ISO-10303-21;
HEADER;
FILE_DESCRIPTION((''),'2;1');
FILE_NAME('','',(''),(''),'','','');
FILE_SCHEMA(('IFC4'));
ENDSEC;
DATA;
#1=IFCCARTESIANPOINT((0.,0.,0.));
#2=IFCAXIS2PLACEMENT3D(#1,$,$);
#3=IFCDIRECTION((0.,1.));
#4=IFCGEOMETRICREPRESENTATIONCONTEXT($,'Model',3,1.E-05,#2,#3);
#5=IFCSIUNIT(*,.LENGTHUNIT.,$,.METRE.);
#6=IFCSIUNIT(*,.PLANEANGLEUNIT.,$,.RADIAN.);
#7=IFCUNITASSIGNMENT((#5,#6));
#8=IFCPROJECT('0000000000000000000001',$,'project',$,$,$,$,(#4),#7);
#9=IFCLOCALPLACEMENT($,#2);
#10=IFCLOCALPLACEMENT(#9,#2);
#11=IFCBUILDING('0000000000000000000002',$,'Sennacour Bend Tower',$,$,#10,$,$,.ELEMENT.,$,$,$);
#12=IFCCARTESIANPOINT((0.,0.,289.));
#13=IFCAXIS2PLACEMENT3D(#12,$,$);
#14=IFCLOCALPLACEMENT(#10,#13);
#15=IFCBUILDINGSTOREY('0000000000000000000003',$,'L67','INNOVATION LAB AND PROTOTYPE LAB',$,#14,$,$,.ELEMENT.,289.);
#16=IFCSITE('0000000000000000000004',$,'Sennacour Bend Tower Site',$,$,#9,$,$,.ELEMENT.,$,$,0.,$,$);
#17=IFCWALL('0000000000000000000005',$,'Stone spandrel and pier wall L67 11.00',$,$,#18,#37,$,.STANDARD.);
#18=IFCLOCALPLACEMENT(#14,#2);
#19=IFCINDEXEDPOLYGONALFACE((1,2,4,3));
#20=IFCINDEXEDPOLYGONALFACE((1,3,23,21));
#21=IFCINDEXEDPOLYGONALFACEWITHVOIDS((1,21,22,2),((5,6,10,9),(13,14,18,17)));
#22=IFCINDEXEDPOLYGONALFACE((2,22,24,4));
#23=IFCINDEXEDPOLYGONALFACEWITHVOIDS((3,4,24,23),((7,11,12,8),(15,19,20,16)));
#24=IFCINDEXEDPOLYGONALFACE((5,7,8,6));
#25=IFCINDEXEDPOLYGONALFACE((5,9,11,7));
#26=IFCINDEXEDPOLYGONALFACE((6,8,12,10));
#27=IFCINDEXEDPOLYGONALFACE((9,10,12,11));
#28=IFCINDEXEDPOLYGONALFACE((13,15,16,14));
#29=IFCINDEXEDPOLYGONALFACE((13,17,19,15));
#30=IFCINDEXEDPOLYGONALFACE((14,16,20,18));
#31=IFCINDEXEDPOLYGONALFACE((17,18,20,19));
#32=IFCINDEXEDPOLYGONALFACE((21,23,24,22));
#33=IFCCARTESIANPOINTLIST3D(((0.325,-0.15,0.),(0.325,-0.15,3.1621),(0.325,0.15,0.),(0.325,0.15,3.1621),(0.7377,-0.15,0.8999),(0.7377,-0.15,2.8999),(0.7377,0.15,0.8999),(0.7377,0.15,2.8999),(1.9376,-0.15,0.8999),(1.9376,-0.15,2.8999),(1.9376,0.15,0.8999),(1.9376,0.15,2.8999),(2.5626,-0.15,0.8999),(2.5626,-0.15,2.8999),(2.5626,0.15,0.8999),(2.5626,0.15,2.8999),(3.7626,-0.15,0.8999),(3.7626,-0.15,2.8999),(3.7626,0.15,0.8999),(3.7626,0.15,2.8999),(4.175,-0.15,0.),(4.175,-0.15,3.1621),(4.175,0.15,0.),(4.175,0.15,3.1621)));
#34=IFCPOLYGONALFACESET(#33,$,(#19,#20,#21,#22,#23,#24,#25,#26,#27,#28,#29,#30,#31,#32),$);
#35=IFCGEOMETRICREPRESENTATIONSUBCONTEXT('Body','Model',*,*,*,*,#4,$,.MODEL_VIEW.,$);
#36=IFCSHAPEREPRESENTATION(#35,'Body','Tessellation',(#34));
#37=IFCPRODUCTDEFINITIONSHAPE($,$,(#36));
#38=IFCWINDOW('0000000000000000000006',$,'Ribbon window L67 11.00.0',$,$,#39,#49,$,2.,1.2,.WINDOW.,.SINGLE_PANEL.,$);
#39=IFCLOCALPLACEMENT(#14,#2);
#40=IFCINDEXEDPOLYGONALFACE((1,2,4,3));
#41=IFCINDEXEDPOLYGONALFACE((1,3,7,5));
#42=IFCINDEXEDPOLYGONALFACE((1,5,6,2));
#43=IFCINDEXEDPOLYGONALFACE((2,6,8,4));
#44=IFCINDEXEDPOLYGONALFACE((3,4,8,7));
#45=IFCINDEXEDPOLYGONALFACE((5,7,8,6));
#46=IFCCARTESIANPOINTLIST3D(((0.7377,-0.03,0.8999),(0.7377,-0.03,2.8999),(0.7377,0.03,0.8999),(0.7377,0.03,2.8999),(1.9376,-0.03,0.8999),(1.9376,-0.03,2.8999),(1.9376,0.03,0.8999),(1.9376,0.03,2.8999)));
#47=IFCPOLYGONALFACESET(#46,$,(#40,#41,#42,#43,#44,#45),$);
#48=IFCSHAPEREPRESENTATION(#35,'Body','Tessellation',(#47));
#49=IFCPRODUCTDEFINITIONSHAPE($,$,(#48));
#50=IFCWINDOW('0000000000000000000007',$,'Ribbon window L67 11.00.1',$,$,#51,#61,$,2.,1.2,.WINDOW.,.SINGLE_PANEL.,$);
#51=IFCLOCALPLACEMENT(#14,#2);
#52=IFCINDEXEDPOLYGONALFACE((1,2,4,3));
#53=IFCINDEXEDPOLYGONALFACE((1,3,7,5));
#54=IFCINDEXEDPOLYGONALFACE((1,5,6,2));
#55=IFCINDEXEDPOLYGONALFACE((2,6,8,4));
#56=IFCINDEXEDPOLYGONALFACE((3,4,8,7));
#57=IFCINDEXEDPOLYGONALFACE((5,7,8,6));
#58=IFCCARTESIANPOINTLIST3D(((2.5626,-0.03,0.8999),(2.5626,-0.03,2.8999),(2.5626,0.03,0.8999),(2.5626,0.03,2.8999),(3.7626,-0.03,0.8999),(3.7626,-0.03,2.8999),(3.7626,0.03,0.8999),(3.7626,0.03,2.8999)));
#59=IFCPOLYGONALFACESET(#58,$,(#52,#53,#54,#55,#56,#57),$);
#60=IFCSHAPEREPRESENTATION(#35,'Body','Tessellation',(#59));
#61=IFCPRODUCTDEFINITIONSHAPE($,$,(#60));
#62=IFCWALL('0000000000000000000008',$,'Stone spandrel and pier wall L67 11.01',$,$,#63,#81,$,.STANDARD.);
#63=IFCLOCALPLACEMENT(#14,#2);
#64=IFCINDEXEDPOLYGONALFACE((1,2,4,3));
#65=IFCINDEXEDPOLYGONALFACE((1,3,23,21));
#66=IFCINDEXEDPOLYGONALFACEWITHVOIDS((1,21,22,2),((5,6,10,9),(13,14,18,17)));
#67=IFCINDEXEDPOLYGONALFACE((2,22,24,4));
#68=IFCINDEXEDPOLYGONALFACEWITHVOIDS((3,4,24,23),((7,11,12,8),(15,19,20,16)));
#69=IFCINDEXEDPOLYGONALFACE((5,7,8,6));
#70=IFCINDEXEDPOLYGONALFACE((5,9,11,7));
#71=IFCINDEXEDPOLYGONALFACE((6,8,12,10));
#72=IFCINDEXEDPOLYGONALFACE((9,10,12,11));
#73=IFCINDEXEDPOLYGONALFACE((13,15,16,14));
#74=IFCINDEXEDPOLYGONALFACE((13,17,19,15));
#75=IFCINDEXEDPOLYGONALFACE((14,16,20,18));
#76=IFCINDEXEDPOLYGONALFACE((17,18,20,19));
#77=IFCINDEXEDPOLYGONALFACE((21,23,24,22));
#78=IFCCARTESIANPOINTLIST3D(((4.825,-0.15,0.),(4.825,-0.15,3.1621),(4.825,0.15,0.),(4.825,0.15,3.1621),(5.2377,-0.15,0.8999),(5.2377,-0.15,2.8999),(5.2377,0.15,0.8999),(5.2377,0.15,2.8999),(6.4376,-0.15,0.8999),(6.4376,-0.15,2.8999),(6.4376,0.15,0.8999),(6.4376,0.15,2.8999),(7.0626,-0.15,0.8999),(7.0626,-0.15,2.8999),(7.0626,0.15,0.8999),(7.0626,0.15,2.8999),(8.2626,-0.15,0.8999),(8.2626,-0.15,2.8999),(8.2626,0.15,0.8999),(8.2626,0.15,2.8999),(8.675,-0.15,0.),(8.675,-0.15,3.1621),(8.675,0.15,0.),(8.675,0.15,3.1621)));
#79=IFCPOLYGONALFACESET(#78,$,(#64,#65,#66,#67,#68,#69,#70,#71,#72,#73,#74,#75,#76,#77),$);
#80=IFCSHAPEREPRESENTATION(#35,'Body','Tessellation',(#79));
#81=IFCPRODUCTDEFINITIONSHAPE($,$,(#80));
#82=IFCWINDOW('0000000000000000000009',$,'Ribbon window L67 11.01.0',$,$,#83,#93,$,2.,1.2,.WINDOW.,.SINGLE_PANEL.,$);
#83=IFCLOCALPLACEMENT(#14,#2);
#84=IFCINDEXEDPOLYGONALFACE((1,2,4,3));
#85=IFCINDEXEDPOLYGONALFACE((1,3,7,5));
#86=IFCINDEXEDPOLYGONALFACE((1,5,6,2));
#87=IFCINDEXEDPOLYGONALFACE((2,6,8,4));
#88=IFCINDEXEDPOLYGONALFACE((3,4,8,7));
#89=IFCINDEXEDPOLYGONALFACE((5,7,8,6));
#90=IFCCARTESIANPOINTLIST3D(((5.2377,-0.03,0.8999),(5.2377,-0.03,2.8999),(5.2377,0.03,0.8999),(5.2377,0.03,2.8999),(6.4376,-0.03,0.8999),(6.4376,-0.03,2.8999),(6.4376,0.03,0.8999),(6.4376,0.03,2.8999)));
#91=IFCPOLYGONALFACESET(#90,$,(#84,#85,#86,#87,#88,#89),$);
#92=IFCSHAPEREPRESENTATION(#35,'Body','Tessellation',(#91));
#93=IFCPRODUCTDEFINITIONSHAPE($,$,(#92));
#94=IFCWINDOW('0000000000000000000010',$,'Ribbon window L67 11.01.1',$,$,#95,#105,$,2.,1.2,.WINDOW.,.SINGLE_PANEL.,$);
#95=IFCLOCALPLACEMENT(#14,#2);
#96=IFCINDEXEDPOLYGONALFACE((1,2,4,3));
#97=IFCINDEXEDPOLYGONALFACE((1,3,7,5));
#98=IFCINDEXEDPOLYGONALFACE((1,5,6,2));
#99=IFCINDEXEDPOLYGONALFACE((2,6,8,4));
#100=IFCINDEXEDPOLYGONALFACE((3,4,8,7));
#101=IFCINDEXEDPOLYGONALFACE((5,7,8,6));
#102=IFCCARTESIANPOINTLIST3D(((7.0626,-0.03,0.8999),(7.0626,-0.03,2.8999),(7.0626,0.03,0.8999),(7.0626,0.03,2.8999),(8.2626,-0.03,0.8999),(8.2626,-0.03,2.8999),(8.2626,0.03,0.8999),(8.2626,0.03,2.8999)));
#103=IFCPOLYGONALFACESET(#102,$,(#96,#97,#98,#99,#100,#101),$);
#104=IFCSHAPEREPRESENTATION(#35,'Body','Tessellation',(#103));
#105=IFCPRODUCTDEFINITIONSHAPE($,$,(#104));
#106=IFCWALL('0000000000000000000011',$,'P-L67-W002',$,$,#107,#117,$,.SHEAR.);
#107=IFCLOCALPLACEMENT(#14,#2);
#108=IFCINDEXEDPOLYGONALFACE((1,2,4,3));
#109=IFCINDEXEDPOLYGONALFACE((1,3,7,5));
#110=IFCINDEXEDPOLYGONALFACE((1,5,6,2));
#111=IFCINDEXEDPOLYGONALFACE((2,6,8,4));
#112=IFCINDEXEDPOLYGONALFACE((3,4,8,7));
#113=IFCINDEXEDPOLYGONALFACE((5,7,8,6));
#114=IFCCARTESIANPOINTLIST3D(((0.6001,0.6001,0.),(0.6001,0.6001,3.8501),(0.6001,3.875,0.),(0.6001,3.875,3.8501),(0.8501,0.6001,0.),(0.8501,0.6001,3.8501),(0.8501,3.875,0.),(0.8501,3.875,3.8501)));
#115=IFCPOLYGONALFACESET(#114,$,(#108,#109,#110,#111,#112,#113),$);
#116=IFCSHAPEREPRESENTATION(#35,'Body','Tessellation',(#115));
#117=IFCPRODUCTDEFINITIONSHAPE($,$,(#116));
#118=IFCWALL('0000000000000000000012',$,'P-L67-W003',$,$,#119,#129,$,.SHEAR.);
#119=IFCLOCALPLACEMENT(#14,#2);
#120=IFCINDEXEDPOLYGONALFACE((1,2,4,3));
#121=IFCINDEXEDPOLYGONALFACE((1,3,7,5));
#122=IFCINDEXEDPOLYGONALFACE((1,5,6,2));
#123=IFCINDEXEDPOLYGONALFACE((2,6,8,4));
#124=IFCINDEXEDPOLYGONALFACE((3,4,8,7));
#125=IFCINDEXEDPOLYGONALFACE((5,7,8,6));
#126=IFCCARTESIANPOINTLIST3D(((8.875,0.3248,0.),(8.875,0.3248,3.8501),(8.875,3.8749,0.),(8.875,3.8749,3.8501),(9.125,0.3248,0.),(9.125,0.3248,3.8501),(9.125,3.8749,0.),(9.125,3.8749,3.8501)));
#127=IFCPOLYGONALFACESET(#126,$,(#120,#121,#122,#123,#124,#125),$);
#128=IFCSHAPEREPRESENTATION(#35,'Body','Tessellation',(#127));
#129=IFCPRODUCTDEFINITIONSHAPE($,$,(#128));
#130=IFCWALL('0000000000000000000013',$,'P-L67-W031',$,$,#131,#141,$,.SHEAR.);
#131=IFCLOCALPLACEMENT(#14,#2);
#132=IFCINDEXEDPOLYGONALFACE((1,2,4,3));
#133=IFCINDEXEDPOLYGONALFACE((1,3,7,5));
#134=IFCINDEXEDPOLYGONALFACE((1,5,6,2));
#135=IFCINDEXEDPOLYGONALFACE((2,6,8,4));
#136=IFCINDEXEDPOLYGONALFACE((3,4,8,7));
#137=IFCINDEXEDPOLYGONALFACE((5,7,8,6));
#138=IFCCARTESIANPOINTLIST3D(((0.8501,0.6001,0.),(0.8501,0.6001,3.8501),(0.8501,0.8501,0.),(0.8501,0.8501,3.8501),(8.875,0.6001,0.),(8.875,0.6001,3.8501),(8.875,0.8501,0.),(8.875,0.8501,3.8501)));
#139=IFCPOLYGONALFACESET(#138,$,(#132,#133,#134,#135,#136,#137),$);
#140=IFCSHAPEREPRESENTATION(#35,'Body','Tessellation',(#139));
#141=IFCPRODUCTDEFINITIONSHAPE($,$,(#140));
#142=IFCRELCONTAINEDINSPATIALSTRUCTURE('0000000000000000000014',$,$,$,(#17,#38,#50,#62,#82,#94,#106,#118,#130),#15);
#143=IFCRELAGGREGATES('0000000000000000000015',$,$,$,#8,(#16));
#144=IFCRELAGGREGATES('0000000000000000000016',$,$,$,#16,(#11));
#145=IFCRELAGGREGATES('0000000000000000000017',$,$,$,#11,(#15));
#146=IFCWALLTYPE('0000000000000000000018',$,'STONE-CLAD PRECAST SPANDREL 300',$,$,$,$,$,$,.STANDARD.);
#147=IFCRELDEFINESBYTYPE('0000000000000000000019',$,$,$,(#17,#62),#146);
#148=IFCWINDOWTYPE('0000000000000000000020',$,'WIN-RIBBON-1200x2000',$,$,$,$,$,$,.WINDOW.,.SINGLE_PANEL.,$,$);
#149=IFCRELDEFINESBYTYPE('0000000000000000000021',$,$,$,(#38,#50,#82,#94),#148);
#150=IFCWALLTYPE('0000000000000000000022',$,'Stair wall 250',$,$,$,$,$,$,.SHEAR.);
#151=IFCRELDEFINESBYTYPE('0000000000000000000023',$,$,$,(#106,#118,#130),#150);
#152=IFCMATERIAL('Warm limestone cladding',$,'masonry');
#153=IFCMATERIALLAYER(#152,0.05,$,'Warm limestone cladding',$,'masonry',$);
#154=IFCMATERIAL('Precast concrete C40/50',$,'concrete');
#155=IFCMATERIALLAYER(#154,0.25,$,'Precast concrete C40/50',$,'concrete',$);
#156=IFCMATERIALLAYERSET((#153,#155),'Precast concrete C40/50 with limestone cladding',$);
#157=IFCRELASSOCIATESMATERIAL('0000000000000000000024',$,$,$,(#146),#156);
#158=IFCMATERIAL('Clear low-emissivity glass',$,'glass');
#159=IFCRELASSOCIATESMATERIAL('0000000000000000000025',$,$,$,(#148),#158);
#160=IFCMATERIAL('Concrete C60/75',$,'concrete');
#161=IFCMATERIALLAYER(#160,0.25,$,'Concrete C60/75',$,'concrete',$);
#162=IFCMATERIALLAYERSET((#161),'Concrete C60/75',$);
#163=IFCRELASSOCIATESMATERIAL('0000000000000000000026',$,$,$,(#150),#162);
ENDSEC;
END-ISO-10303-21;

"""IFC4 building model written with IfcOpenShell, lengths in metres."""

from ifc_helpers import new_model, si_unit, direction, frame, frame_2d, origin, place, context, subcontext, project, spatial, rectangle, extrude, material, layer, layer_set, type_object, element, fill, save


model = new_model("IFC4")

# Units and contexts
model_context = context("Model", 3, precision=1e-05, world=origin(), true_north=direction((0.0, 1.0)))
body_context = subcontext(model_context, "Body", "Model", "MODEL_VIEW")
ifc_project = project(units=[si_unit("LENGTHUNIT", "METRE"), si_unit("PLANEANGLEUNIT", "RADIAN")], contexts=[model_context])

# Site, building, storey
site_placement = place(None, origin())
site = spatial("IfcSite", under=ifc_project, at=site_placement, Name="Sennacour Bend Tower Site", CompositionType="ELEMENT", RefElevation=0.0)
building_placement = place(site_placement, origin())
building = spatial("IfcBuilding", under=site, at=building_placement, Name="Sennacour Bend Tower", CompositionType="ELEMENT")
storey_placement = place(building_placement, frame((0.0, 0.0, 289.0)))
storey = spatial("IfcBuildingStorey", under=building, at=storey_placement, Name="L67", Description="INNOVATION LAB AND PROTOTYPE LAB", CompositionType="ELEMENT", Elevation=289.0)

# Walls, openings, windows
ifc_material_1 = material(Name="Warm limestone cladding", Category="masonry")
ifc_layer_1 = layer(ifc_material_1, 0.05, Name="Warm limestone cladding", Category="masonry")
ifc_material_2 = material(Name="Precast concrete C40/50", Category="concrete")
ifc_layer_2 = layer(ifc_material_2, 0.25, Name="Precast concrete C40/50", Category="concrete")
ifc_layer_set_1 = layer_set([ifc_layer_1, ifc_layer_2], Name="Precast concrete C40/50 with limestone cladding")
wall_type_1 = type_object("IfcWallType", Name="STONE-CLAD PRECAST SPANDREL 300", PredefinedType="STANDARD", material=ifc_layer_set_1)
wall_1_placement = place(storey_placement, frame((0.325, 0.0, 0.0), z_axis=(0.0, 0.0, 1.0), x_axis=(1.0, 0.0, 0.0)))
wall_1 = element("IfcWall", 1, at=wall_1_placement, inside=storey, type_object=wall_type_1, Name="Stone spandrel and pier wall L67 11.00", PredefinedType="STANDARD", context=body_context, shape_type="SweptSolid", body=[
    extrude(rectangle(XDim=3.8501, YDim=0.3, at=frame_2d((1.925, 0.0))), origin(), (0.0, 0.0, 1.0), 3.1621),
])
opening_1_placement = place(wall_1_placement, frame((0.4126, 0.0, 0.8999)))
opening_1 = element("IfcOpeningElement", 2, at=opening_1_placement, cuts=wall_1, PredefinedType="OPENING", context=body_context, shape_type="SweptSolid", body=[
    extrude(rectangle(XDim=1.2, YDim=2.0, at=frame_2d((0.6001, 1.0))), frame((0.0, 0.1602, 0.0), z_axis=(0.0, -1.0, 0.0), x_axis=(1.0, 0.0, 0.0)), (0.0, 0.0, 1.0), 0.3201),
])
opening_2_placement = place(wall_1_placement, frame((2.2375, 0.0, 0.8999)))
opening_2 = element("IfcOpeningElement", 3, at=opening_2_placement, cuts=wall_1, PredefinedType="OPENING", context=body_context, shape_type="SweptSolid", body=[
    extrude(rectangle(XDim=1.2, YDim=2.0, at=frame_2d((0.6001, 1.0))), frame((0.0, 0.1602, 0.0), z_axis=(0.0, -1.0, 0.0), x_axis=(1.0, 0.0, 0.0)), (0.0, 0.0, 1.0), 0.3201),
])
ifc_material_3 = material(Name="Clear low-emissivity glass", Category="glass")
window_type = type_object("IfcWindowType", Name="WIN-RIBBON-1200x2000", PartitioningType="SINGLE_PANEL", PredefinedType="WINDOW", material=ifc_material_3)
window_1_placement = place(opening_1_placement, origin())
window_1 = element("IfcWindow", 4, at=window_1_placement, inside=storey, type_object=window_type, Name="Ribbon window L67 11.00.0", OverallHeight=2.0, OverallWidth=1.2, PartitioningType="SINGLE_PANEL", PredefinedType="WINDOW", context=body_context, shape_type="SweptSolid", body=[
    extrude(rectangle(XDim=1.2, YDim=2.0, at=frame_2d((0.6001, 1.0))), frame((0.0, 0.03, 0.0), z_axis=(0.0, -1.0, 0.0), x_axis=(1.0, 0.0, 0.0)), (0.0, 0.0, 1.0), 0.0601),
])
fill(opening_1, window_1)
window_2_placement = place(opening_2_placement, origin())
window_2 = element("IfcWindow", 5, at=window_2_placement, inside=storey, type_object=window_type, Name="Ribbon window L67 11.00.1", OverallHeight=2.0, OverallWidth=1.2, PartitioningType="SINGLE_PANEL", PredefinedType="WINDOW", context=body_context, shape_type="SweptSolid", body=[
    extrude(rectangle(XDim=1.2, YDim=2.0, at=frame_2d((0.6001, 1.0))), frame((0.0, 0.03, 0.0), z_axis=(0.0, -1.0, 0.0), x_axis=(1.0, 0.0, 0.0)), (0.0, 0.0, 1.0), 0.0601),
])
fill(opening_2, window_2)
wall_2_placement = place(storey_placement, frame((4.825, 0.0, 0.0), z_axis=(0.0, 0.0, 1.0), x_axis=(1.0, 0.0, 0.0)))
wall_2 = element("IfcWall", 6, at=wall_2_placement, inside=storey, type_object=wall_type_1, Name="Stone spandrel and pier wall L67 11.01", PredefinedType="STANDARD", context=body_context, shape_type="SweptSolid", body=[
    extrude(rectangle(XDim=3.8501, YDim=0.3, at=frame_2d((1.925, 0.0))), origin(), (0.0, 0.0, 1.0), 3.1621),
])
opening_3_placement = place(wall_2_placement, frame((0.4126, 0.0, 0.8999)))
opening_3 = element("IfcOpeningElement", 7, at=opening_3_placement, cuts=wall_2, PredefinedType="OPENING", context=body_context, shape_type="SweptSolid", body=[
    extrude(rectangle(XDim=1.2, YDim=2.0, at=frame_2d((0.6001, 1.0))), frame((0.0, 0.1602, 0.0), z_axis=(0.0, -1.0, 0.0), x_axis=(1.0, 0.0, 0.0)), (0.0, 0.0, 1.0), 0.3201),
])
opening_4_placement = place(wall_2_placement, frame((2.2375, 0.0, 0.8999)))
opening_4 = element("IfcOpeningElement", 8, at=opening_4_placement, cuts=wall_2, PredefinedType="OPENING", context=body_context, shape_type="SweptSolid", body=[
    extrude(rectangle(XDim=1.2, YDim=2.0, at=frame_2d((0.6001, 1.0))), frame((0.0, 0.1602, 0.0), z_axis=(0.0, -1.0, 0.0), x_axis=(1.0, 0.0, 0.0)), (0.0, 0.0, 1.0), 0.3201),
])
window_3_placement = place(opening_3_placement, origin())
window_3 = element("IfcWindow", 9, at=window_3_placement, inside=storey, type_object=window_type, Name="Ribbon window L67 11.01.0", OverallHeight=2.0, OverallWidth=1.2, PartitioningType="SINGLE_PANEL", PredefinedType="WINDOW", context=body_context, shape_type="SweptSolid", body=[
    extrude(rectangle(XDim=1.2, YDim=2.0, at=frame_2d((0.6001, 1.0))), frame((0.0, 0.03, 0.0), z_axis=(0.0, -1.0, 0.0), x_axis=(1.0, 0.0, 0.0)), (0.0, 0.0, 1.0), 0.0601),
])
fill(opening_3, window_3)
window_4_placement = place(opening_4_placement, origin())
window_4 = element("IfcWindow", 10, at=window_4_placement, inside=storey, type_object=window_type, Name="Ribbon window L67 11.01.1", OverallHeight=2.0, OverallWidth=1.2, PartitioningType="SINGLE_PANEL", PredefinedType="WINDOW", context=body_context, shape_type="SweptSolid", body=[
    extrude(rectangle(XDim=1.2, YDim=2.0, at=frame_2d((0.6001, 1.0))), frame((0.0, 0.03, 0.0), z_axis=(0.0, -1.0, 0.0), x_axis=(1.0, 0.0, 0.0)), (0.0, 0.0, 1.0), 0.0601),
])
fill(opening_4, window_4)

# Walls
ifc_material_4 = material(Name="Concrete C60/75", Category="concrete")
ifc_layer_3 = layer(ifc_material_4, 0.25, Name="Concrete C60/75", Category="concrete")
ifc_layer_set_2 = layer_set([ifc_layer_3], Name="Concrete C60/75")
wall_type_2 = type_object("IfcWallType", Name="Stair wall 250", PredefinedType="SHEAR", material=ifc_layer_set_2)
wall_3_placement = place(storey_placement, frame((0.7251, 0.6001, 0.0), z_axis=(0.0, 0.0, 1.0), x_axis=(0.0, 1.0, 0.0)))
element("IfcWall", 11, at=wall_3_placement, inside=storey, type_object=wall_type_2, Name="P-L67-W002", PredefinedType="SHEAR", context=body_context, shape_type="SweptSolid", body=[
    extrude(rectangle(XDim=3.2749, YDim=0.25, at=frame_2d((1.6375, 0.0))), origin(), (0.0, 0.0, 1.0), 3.8501),
])
wall_4_placement = place(storey_placement, frame((9.0, 0.325, 0.0), z_axis=(0.0, 0.0, 1.0), x_axis=(0.0, 1.0, 0.0)))
element("IfcWall", 12, at=wall_4_placement, inside=storey, type_object=wall_type_2, Name="P-L67-W003", PredefinedType="SHEAR", context=body_context, shape_type="SweptSolid", body=[
    extrude(rectangle(XDim=3.55, YDim=0.25, at=frame_2d((1.7749, 0.0))), origin(), (0.0, 0.0, 1.0), 3.8501),
])
wall_5_placement = place(storey_placement, frame((0.8501, 0.7251, 0.0), z_axis=(0.0, 0.0, 1.0), x_axis=(1.0, 0.0, 0.0)))
element("IfcWall", 13, at=wall_5_placement, inside=storey, type_object=wall_type_2, Name="P-L67-W031", PredefinedType="SHEAR", context=body_context, shape_type="SweptSolid", body=[
    extrude(rectangle(XDim=8.0249, YDim=0.25, at=frame_2d((4.0125, 0.0))), origin(), (0.0, 0.0, 1.0), 3.8501),
])

save(model, "model.ifc")
